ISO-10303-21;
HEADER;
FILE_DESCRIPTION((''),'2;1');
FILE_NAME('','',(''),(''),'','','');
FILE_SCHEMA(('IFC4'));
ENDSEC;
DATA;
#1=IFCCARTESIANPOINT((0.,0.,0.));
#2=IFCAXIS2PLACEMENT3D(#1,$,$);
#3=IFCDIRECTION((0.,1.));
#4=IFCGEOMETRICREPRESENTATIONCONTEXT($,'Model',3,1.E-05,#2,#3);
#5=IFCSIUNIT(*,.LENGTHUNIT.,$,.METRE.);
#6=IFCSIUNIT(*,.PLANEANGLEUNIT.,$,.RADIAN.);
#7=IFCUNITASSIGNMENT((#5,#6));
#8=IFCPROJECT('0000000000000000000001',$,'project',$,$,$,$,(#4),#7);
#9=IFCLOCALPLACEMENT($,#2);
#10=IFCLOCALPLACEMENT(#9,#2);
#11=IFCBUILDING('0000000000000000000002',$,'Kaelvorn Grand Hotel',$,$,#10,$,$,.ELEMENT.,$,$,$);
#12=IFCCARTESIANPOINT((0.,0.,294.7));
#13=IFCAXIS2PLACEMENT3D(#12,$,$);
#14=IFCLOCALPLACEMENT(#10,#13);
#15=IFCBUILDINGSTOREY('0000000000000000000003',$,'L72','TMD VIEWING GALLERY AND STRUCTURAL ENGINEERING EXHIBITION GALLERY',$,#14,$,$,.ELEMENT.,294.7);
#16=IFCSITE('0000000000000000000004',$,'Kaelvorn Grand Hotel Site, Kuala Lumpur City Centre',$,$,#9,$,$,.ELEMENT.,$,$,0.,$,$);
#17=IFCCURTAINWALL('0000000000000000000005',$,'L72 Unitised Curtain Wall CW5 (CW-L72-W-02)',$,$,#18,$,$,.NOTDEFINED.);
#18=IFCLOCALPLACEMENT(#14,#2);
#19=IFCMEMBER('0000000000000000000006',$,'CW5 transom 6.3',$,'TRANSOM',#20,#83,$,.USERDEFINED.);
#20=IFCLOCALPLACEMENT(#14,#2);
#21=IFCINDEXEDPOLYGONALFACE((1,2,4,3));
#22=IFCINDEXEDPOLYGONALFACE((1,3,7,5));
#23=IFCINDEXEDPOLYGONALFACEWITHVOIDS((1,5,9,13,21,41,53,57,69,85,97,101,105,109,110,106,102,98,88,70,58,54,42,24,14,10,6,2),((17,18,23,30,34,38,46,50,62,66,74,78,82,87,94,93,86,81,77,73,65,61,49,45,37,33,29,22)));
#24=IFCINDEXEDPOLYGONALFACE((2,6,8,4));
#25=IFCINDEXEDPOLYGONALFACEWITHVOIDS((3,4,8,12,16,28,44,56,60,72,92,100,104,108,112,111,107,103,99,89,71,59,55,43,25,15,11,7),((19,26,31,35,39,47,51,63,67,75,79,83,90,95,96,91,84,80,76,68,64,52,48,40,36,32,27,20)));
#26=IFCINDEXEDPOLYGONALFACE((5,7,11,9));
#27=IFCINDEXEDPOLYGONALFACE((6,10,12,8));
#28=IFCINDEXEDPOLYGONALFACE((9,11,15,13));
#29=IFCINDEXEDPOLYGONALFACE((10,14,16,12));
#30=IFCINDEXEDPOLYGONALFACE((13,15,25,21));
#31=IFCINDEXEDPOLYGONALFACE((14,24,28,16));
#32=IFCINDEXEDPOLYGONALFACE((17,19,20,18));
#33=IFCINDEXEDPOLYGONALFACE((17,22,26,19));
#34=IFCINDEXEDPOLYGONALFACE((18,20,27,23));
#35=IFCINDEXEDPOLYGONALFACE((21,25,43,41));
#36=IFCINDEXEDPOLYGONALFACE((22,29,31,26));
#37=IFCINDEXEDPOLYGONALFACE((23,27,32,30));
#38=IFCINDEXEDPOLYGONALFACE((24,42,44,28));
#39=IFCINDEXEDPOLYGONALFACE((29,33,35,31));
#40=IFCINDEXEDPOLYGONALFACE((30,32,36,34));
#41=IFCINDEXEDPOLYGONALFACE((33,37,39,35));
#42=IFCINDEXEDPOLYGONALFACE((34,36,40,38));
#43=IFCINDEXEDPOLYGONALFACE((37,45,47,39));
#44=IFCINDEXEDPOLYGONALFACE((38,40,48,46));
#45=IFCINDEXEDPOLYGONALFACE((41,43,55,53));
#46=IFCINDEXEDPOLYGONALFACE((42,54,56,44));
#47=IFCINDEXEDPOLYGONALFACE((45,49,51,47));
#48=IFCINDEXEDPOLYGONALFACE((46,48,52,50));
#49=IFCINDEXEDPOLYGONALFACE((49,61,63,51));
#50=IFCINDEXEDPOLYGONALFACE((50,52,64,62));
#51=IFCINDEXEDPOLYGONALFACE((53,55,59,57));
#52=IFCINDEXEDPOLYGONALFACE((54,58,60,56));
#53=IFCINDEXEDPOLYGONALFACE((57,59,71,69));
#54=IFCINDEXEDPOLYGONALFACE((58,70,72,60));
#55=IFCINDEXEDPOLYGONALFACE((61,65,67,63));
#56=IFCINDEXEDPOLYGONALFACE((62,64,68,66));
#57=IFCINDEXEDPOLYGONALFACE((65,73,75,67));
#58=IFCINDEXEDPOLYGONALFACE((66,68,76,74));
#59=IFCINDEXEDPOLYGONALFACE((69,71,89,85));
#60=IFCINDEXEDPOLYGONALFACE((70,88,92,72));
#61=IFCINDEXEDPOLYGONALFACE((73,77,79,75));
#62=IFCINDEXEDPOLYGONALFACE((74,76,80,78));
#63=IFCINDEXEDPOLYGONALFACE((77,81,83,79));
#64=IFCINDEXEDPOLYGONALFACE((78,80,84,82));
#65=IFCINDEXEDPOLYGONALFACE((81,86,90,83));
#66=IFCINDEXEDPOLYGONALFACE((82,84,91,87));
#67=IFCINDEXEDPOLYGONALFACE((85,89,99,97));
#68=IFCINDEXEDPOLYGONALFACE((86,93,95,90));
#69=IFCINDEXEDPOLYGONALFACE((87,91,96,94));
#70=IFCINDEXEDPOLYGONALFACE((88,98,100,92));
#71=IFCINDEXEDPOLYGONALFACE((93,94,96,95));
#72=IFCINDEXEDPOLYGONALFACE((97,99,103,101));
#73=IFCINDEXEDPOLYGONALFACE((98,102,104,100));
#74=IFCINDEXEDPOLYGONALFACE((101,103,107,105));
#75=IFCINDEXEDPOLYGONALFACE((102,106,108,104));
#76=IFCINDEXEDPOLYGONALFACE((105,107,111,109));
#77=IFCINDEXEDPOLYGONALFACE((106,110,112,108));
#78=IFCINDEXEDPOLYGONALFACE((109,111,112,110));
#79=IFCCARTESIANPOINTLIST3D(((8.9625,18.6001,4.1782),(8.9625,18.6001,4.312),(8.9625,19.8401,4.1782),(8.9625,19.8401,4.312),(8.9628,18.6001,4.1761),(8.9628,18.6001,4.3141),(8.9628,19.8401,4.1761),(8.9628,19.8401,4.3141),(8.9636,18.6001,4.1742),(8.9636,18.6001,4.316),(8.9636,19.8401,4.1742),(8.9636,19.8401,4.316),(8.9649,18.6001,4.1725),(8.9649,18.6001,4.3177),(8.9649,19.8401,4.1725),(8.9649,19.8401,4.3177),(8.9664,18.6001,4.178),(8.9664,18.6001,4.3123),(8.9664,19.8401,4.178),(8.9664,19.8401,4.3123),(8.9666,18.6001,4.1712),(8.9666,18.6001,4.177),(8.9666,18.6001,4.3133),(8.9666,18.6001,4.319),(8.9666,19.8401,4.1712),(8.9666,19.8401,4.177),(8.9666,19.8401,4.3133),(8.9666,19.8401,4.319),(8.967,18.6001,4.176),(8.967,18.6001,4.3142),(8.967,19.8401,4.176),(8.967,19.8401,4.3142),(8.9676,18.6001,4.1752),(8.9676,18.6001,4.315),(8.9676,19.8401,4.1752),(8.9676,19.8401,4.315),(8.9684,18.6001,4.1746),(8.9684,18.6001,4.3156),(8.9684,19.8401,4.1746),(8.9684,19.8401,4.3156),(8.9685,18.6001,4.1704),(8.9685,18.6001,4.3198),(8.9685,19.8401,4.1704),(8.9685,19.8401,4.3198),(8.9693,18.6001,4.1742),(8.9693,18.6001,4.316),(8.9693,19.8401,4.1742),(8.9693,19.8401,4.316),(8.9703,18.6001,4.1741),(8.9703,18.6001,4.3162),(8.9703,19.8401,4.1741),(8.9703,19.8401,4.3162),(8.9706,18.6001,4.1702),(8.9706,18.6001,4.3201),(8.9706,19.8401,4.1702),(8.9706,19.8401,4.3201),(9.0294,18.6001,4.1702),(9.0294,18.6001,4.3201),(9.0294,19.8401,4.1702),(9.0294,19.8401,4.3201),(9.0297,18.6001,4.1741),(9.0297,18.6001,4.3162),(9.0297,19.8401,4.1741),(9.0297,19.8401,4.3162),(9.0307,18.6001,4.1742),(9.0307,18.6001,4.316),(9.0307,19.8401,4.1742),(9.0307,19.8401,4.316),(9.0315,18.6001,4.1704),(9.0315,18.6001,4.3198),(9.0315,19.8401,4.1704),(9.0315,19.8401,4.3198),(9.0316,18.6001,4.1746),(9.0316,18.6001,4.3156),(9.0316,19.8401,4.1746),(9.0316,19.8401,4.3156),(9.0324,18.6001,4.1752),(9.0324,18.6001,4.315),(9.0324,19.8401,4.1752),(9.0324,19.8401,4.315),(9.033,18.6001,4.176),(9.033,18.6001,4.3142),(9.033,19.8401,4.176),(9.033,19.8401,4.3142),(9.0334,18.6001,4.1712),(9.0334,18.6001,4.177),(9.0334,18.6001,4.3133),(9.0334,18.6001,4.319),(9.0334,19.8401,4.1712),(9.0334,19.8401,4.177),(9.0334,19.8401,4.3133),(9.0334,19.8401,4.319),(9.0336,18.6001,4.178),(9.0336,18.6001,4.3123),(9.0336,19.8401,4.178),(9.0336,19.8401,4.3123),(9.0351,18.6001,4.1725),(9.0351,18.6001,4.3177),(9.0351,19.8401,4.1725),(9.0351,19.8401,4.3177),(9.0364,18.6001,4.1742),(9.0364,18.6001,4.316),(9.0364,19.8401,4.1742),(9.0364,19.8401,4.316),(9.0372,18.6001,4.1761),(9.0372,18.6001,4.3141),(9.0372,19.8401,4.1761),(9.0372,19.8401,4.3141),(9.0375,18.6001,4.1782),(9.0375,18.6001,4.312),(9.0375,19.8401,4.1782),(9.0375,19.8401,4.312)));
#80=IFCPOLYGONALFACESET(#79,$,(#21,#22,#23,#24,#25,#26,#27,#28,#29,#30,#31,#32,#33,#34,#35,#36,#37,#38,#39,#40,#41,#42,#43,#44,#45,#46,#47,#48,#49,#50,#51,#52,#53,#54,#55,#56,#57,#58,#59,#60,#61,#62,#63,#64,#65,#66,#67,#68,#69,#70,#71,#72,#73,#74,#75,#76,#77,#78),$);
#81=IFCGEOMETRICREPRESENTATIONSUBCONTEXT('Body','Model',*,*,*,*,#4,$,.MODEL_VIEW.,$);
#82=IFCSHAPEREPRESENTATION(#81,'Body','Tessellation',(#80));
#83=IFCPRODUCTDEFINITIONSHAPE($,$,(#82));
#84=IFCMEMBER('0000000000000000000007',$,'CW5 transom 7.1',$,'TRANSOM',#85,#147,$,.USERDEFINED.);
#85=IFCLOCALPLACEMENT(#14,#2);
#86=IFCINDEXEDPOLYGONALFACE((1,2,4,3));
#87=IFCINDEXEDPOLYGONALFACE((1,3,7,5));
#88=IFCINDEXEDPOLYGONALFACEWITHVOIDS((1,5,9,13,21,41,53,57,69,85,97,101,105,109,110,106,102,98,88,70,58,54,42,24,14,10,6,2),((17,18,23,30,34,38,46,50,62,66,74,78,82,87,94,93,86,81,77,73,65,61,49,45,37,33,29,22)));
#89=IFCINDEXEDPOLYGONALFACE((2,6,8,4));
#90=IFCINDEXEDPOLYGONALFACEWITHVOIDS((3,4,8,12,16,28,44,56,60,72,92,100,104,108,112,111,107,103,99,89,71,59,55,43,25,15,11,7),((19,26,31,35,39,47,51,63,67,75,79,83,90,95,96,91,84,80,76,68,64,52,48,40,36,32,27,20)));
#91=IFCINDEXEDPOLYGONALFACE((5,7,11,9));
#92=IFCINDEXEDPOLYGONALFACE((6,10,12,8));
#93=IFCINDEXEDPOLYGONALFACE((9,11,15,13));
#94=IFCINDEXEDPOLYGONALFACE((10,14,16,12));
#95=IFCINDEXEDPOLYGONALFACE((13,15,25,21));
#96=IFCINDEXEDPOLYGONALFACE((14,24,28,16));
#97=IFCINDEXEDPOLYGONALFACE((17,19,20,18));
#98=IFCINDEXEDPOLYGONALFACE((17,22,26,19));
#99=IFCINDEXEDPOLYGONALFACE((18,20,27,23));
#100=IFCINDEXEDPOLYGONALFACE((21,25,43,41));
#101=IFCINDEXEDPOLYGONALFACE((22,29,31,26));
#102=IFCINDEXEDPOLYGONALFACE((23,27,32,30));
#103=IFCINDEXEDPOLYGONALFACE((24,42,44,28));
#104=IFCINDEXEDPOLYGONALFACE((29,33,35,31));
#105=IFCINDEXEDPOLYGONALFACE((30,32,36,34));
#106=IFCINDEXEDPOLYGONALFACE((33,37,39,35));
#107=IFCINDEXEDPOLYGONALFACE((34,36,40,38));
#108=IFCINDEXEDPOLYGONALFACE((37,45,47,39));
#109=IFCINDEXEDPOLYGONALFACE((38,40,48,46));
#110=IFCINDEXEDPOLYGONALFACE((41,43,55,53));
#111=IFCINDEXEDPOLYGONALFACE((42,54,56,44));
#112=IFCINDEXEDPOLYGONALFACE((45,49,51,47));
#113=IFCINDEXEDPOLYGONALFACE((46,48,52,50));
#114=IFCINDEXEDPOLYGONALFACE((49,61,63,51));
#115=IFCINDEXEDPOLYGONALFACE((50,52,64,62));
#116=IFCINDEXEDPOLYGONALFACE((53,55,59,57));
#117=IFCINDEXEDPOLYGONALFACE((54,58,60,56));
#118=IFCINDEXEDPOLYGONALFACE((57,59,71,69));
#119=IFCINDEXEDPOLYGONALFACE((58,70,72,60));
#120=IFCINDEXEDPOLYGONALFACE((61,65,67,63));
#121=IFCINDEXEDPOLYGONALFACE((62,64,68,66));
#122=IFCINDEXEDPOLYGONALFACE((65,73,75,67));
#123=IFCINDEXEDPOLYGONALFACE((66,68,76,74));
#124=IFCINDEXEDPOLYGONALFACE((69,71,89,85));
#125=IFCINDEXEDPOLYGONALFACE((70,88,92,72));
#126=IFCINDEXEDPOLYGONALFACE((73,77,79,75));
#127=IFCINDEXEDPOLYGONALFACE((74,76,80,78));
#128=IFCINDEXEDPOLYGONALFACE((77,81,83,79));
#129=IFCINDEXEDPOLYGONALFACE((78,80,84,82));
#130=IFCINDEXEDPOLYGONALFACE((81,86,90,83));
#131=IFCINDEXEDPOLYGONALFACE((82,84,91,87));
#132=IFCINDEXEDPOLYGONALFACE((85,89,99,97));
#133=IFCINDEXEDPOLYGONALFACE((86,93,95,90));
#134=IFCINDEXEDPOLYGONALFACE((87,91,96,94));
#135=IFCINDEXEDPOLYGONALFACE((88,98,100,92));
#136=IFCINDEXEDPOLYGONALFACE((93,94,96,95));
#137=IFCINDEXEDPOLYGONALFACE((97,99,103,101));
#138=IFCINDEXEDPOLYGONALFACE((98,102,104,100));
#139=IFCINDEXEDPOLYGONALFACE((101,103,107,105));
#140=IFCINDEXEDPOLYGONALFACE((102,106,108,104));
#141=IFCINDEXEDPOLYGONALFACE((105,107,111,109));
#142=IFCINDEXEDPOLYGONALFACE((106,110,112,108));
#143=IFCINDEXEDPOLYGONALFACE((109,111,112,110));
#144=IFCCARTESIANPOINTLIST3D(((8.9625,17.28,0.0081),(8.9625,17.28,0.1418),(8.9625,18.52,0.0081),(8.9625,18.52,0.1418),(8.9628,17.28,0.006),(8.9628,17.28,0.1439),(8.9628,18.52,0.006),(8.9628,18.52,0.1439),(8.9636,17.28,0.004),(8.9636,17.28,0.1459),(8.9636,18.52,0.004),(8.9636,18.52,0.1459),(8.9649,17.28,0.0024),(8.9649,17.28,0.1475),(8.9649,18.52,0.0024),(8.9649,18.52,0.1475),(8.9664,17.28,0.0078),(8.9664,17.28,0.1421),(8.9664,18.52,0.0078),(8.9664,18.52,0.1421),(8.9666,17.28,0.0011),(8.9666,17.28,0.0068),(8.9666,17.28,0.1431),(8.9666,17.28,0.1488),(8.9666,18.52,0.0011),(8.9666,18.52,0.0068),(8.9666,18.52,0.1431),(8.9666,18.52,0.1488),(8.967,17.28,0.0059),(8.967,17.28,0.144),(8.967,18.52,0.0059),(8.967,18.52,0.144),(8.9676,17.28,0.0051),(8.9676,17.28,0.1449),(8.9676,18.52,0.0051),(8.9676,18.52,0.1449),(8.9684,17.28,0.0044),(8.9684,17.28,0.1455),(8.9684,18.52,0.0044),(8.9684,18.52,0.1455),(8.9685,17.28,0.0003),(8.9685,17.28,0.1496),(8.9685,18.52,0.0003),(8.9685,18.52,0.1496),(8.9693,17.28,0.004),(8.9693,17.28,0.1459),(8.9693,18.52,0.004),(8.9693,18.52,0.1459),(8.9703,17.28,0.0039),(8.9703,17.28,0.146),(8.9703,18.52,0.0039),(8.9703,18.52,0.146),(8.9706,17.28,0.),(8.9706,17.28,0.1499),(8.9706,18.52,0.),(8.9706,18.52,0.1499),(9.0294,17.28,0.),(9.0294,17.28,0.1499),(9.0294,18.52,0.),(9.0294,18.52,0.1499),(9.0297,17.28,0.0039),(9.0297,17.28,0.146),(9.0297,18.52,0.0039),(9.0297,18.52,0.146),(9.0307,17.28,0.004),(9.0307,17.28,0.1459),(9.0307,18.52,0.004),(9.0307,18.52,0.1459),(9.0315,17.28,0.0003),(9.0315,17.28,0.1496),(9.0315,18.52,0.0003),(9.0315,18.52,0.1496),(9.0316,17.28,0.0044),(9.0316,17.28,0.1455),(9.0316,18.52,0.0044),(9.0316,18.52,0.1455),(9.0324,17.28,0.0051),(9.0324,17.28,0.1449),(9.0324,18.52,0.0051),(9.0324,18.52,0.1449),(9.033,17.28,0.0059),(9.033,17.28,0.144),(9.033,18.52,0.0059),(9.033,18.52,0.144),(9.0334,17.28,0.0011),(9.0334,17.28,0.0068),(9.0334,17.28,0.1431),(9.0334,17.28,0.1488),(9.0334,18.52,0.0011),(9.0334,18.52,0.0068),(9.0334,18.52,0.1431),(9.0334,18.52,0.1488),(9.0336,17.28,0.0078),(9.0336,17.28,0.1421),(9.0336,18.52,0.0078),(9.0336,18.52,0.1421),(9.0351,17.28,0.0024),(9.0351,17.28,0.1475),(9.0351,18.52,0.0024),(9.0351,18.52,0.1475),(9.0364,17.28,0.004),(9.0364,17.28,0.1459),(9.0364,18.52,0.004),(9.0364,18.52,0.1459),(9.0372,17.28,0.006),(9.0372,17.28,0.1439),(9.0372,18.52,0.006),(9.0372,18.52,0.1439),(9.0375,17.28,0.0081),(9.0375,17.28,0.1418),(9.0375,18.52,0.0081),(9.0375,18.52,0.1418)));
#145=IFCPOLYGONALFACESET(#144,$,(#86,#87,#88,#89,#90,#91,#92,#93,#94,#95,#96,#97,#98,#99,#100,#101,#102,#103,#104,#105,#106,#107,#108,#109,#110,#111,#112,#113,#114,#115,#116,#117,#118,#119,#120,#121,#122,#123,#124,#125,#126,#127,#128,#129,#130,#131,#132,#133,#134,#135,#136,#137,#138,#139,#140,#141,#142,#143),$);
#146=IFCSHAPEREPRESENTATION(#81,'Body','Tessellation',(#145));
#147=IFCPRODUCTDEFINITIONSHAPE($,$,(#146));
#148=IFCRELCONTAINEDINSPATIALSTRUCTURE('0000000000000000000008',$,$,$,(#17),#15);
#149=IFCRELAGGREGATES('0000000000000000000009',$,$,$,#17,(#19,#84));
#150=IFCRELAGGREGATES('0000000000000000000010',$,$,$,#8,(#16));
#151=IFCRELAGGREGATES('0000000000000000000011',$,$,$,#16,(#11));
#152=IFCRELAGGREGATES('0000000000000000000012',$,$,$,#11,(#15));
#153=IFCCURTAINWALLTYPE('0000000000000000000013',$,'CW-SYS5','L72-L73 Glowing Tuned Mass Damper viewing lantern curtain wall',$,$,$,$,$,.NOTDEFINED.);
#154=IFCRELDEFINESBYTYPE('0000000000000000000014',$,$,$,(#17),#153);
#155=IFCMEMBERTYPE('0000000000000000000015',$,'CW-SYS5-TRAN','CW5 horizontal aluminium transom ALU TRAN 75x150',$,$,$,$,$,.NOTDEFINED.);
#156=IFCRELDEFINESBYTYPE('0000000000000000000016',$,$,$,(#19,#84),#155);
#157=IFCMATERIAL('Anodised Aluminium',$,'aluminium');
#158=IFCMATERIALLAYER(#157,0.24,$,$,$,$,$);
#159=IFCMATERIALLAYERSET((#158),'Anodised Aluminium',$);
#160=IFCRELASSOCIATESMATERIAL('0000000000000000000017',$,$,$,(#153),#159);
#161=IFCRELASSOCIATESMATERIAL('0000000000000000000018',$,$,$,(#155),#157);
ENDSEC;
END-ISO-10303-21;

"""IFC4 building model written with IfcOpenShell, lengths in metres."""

from ifc_helpers import new_model, si_unit, direction, frame, origin, origin_2d, place, context, subcontext, project, spatial, hollow_rectangle, extrude, material, layer, layer_set, material_profile, profile_set, type_object, element, aggregate, save


model = new_model("IFC4")

# Units and contexts
model_context = context("Model", 3, precision=1e-05, world=origin(), true_north=direction((0.0, 1.0)))
body_context = subcontext(model_context, "Body", "Model", "MODEL_VIEW")
ifc_project = project(units=[si_unit("LENGTHUNIT", "METRE"), si_unit("PLANEANGLEUNIT", "RADIAN")], contexts=[model_context])

# Site, building, storey
site_placement = place(None, origin())
site = spatial("IfcSite", under=ifc_project, at=site_placement, Name="Kaelvorn Grand Hotel Site, Kuala Lumpur City Centre", CompositionType="ELEMENT", RefElevation=0.0)
building_placement = place(site_placement, origin())
building = spatial("IfcBuilding", under=site, at=building_placement, Name="Kaelvorn Grand Hotel", CompositionType="ELEMENT")
storey_placement = place(building_placement, frame((0.0, 0.0, 294.7)))
storey = spatial("IfcBuildingStorey", under=building, at=storey_placement, Name="L72", Description="TMD VIEWING GALLERY AND STRUCTURAL ENGINEERING EXHIBITION GALLERY", CompositionType="ELEMENT", Elevation=294.7)

# Curtain wall, members
ifc_material_1 = material(Name="Anodised Aluminium", Category="aluminium")
ifc_layer_1 = layer(ifc_material_1, 0.24)
ifc_layer_set_1 = layer_set([ifc_layer_1], Name="Anodised Aluminium")
curtain_wall_type = type_object("IfcCurtainWallType", Name="CW-SYS5", Description="L72-L73 Glowing Tuned Mass Damper viewing lantern curtain wall", PredefinedType="NOTDEFINED", material=ifc_layer_set_1)
curtain_wall_placement = place(storey_placement, origin())
curtain_wall = element("IfcCurtainWall", 1, at=curtain_wall_placement, inside=storey, type_object=curtain_wall_type, Name="L72 Unitised Curtain Wall CW5 (CW-L72-W-02)", PredefinedType="NOTDEFINED")
ifc_material_profile_1 = material_profile(ifc_material_1, hollow_rectangle(XDim=0.075, YDim=0.1499, WallThickness=0.0039, InnerFilletRadius=0.0039, OuterFilletRadius=0.0081, at=origin_2d()), Name="ALU TRAN 75x150")
ifc_profile_set_1 = profile_set([ifc_material_profile_1], Name="Anodised Aluminium")
member_type_1 = type_object("IfcMemberType", Name="CW-SYS5-TRAN", Description="CW5 horizontal aluminium transom ALU TRAN 75x150", PredefinedType="NOTDEFINED", material=ifc_profile_set_1)
member_1_placement = place(storey_placement, frame((9.0, 19.8401, 4.2451), z_axis=(0.0, -1.0, 0.0), x_axis=(1.0, 0.0, 0.0)))
member_1 = element("IfcMember", 2, at=member_1_placement, type_object=member_type_1, Name="CW5 transom 6.3", ObjectType="TRANSOM", PredefinedType="USERDEFINED", context=body_context, shape_type="SweptSolid", body=[
    extrude(hollow_rectangle(XDim=0.075, YDim=0.1499, WallThickness=0.0039, InnerFilletRadius=0.0039, OuterFilletRadius=0.0081, at=origin_2d()), origin(), (0.0, 0.0, 1.0), 1.24),
])
member_2_placement = place(storey_placement, frame((9.0, 18.52, 0.075), z_axis=(0.0, -1.0, 0.0), x_axis=(1.0, 0.0, 0.0)))
member_2 = element("IfcMember", 3, at=member_2_placement, type_object=member_type_1, Name="CW5 transom 7.1", ObjectType="TRANSOM", PredefinedType="USERDEFINED", context=body_context, shape_type="SweptSolid", body=[
    extrude(hollow_rectangle(XDim=0.075, YDim=0.1499, WallThickness=0.0039, InnerFilletRadius=0.0039, OuterFilletRadius=0.0081, at=origin_2d()), origin(), (0.0, 0.0, 1.0), 1.24),
])
aggregate(curtain_wall, [member_1, member_2])

save(model, "model.ifc")
